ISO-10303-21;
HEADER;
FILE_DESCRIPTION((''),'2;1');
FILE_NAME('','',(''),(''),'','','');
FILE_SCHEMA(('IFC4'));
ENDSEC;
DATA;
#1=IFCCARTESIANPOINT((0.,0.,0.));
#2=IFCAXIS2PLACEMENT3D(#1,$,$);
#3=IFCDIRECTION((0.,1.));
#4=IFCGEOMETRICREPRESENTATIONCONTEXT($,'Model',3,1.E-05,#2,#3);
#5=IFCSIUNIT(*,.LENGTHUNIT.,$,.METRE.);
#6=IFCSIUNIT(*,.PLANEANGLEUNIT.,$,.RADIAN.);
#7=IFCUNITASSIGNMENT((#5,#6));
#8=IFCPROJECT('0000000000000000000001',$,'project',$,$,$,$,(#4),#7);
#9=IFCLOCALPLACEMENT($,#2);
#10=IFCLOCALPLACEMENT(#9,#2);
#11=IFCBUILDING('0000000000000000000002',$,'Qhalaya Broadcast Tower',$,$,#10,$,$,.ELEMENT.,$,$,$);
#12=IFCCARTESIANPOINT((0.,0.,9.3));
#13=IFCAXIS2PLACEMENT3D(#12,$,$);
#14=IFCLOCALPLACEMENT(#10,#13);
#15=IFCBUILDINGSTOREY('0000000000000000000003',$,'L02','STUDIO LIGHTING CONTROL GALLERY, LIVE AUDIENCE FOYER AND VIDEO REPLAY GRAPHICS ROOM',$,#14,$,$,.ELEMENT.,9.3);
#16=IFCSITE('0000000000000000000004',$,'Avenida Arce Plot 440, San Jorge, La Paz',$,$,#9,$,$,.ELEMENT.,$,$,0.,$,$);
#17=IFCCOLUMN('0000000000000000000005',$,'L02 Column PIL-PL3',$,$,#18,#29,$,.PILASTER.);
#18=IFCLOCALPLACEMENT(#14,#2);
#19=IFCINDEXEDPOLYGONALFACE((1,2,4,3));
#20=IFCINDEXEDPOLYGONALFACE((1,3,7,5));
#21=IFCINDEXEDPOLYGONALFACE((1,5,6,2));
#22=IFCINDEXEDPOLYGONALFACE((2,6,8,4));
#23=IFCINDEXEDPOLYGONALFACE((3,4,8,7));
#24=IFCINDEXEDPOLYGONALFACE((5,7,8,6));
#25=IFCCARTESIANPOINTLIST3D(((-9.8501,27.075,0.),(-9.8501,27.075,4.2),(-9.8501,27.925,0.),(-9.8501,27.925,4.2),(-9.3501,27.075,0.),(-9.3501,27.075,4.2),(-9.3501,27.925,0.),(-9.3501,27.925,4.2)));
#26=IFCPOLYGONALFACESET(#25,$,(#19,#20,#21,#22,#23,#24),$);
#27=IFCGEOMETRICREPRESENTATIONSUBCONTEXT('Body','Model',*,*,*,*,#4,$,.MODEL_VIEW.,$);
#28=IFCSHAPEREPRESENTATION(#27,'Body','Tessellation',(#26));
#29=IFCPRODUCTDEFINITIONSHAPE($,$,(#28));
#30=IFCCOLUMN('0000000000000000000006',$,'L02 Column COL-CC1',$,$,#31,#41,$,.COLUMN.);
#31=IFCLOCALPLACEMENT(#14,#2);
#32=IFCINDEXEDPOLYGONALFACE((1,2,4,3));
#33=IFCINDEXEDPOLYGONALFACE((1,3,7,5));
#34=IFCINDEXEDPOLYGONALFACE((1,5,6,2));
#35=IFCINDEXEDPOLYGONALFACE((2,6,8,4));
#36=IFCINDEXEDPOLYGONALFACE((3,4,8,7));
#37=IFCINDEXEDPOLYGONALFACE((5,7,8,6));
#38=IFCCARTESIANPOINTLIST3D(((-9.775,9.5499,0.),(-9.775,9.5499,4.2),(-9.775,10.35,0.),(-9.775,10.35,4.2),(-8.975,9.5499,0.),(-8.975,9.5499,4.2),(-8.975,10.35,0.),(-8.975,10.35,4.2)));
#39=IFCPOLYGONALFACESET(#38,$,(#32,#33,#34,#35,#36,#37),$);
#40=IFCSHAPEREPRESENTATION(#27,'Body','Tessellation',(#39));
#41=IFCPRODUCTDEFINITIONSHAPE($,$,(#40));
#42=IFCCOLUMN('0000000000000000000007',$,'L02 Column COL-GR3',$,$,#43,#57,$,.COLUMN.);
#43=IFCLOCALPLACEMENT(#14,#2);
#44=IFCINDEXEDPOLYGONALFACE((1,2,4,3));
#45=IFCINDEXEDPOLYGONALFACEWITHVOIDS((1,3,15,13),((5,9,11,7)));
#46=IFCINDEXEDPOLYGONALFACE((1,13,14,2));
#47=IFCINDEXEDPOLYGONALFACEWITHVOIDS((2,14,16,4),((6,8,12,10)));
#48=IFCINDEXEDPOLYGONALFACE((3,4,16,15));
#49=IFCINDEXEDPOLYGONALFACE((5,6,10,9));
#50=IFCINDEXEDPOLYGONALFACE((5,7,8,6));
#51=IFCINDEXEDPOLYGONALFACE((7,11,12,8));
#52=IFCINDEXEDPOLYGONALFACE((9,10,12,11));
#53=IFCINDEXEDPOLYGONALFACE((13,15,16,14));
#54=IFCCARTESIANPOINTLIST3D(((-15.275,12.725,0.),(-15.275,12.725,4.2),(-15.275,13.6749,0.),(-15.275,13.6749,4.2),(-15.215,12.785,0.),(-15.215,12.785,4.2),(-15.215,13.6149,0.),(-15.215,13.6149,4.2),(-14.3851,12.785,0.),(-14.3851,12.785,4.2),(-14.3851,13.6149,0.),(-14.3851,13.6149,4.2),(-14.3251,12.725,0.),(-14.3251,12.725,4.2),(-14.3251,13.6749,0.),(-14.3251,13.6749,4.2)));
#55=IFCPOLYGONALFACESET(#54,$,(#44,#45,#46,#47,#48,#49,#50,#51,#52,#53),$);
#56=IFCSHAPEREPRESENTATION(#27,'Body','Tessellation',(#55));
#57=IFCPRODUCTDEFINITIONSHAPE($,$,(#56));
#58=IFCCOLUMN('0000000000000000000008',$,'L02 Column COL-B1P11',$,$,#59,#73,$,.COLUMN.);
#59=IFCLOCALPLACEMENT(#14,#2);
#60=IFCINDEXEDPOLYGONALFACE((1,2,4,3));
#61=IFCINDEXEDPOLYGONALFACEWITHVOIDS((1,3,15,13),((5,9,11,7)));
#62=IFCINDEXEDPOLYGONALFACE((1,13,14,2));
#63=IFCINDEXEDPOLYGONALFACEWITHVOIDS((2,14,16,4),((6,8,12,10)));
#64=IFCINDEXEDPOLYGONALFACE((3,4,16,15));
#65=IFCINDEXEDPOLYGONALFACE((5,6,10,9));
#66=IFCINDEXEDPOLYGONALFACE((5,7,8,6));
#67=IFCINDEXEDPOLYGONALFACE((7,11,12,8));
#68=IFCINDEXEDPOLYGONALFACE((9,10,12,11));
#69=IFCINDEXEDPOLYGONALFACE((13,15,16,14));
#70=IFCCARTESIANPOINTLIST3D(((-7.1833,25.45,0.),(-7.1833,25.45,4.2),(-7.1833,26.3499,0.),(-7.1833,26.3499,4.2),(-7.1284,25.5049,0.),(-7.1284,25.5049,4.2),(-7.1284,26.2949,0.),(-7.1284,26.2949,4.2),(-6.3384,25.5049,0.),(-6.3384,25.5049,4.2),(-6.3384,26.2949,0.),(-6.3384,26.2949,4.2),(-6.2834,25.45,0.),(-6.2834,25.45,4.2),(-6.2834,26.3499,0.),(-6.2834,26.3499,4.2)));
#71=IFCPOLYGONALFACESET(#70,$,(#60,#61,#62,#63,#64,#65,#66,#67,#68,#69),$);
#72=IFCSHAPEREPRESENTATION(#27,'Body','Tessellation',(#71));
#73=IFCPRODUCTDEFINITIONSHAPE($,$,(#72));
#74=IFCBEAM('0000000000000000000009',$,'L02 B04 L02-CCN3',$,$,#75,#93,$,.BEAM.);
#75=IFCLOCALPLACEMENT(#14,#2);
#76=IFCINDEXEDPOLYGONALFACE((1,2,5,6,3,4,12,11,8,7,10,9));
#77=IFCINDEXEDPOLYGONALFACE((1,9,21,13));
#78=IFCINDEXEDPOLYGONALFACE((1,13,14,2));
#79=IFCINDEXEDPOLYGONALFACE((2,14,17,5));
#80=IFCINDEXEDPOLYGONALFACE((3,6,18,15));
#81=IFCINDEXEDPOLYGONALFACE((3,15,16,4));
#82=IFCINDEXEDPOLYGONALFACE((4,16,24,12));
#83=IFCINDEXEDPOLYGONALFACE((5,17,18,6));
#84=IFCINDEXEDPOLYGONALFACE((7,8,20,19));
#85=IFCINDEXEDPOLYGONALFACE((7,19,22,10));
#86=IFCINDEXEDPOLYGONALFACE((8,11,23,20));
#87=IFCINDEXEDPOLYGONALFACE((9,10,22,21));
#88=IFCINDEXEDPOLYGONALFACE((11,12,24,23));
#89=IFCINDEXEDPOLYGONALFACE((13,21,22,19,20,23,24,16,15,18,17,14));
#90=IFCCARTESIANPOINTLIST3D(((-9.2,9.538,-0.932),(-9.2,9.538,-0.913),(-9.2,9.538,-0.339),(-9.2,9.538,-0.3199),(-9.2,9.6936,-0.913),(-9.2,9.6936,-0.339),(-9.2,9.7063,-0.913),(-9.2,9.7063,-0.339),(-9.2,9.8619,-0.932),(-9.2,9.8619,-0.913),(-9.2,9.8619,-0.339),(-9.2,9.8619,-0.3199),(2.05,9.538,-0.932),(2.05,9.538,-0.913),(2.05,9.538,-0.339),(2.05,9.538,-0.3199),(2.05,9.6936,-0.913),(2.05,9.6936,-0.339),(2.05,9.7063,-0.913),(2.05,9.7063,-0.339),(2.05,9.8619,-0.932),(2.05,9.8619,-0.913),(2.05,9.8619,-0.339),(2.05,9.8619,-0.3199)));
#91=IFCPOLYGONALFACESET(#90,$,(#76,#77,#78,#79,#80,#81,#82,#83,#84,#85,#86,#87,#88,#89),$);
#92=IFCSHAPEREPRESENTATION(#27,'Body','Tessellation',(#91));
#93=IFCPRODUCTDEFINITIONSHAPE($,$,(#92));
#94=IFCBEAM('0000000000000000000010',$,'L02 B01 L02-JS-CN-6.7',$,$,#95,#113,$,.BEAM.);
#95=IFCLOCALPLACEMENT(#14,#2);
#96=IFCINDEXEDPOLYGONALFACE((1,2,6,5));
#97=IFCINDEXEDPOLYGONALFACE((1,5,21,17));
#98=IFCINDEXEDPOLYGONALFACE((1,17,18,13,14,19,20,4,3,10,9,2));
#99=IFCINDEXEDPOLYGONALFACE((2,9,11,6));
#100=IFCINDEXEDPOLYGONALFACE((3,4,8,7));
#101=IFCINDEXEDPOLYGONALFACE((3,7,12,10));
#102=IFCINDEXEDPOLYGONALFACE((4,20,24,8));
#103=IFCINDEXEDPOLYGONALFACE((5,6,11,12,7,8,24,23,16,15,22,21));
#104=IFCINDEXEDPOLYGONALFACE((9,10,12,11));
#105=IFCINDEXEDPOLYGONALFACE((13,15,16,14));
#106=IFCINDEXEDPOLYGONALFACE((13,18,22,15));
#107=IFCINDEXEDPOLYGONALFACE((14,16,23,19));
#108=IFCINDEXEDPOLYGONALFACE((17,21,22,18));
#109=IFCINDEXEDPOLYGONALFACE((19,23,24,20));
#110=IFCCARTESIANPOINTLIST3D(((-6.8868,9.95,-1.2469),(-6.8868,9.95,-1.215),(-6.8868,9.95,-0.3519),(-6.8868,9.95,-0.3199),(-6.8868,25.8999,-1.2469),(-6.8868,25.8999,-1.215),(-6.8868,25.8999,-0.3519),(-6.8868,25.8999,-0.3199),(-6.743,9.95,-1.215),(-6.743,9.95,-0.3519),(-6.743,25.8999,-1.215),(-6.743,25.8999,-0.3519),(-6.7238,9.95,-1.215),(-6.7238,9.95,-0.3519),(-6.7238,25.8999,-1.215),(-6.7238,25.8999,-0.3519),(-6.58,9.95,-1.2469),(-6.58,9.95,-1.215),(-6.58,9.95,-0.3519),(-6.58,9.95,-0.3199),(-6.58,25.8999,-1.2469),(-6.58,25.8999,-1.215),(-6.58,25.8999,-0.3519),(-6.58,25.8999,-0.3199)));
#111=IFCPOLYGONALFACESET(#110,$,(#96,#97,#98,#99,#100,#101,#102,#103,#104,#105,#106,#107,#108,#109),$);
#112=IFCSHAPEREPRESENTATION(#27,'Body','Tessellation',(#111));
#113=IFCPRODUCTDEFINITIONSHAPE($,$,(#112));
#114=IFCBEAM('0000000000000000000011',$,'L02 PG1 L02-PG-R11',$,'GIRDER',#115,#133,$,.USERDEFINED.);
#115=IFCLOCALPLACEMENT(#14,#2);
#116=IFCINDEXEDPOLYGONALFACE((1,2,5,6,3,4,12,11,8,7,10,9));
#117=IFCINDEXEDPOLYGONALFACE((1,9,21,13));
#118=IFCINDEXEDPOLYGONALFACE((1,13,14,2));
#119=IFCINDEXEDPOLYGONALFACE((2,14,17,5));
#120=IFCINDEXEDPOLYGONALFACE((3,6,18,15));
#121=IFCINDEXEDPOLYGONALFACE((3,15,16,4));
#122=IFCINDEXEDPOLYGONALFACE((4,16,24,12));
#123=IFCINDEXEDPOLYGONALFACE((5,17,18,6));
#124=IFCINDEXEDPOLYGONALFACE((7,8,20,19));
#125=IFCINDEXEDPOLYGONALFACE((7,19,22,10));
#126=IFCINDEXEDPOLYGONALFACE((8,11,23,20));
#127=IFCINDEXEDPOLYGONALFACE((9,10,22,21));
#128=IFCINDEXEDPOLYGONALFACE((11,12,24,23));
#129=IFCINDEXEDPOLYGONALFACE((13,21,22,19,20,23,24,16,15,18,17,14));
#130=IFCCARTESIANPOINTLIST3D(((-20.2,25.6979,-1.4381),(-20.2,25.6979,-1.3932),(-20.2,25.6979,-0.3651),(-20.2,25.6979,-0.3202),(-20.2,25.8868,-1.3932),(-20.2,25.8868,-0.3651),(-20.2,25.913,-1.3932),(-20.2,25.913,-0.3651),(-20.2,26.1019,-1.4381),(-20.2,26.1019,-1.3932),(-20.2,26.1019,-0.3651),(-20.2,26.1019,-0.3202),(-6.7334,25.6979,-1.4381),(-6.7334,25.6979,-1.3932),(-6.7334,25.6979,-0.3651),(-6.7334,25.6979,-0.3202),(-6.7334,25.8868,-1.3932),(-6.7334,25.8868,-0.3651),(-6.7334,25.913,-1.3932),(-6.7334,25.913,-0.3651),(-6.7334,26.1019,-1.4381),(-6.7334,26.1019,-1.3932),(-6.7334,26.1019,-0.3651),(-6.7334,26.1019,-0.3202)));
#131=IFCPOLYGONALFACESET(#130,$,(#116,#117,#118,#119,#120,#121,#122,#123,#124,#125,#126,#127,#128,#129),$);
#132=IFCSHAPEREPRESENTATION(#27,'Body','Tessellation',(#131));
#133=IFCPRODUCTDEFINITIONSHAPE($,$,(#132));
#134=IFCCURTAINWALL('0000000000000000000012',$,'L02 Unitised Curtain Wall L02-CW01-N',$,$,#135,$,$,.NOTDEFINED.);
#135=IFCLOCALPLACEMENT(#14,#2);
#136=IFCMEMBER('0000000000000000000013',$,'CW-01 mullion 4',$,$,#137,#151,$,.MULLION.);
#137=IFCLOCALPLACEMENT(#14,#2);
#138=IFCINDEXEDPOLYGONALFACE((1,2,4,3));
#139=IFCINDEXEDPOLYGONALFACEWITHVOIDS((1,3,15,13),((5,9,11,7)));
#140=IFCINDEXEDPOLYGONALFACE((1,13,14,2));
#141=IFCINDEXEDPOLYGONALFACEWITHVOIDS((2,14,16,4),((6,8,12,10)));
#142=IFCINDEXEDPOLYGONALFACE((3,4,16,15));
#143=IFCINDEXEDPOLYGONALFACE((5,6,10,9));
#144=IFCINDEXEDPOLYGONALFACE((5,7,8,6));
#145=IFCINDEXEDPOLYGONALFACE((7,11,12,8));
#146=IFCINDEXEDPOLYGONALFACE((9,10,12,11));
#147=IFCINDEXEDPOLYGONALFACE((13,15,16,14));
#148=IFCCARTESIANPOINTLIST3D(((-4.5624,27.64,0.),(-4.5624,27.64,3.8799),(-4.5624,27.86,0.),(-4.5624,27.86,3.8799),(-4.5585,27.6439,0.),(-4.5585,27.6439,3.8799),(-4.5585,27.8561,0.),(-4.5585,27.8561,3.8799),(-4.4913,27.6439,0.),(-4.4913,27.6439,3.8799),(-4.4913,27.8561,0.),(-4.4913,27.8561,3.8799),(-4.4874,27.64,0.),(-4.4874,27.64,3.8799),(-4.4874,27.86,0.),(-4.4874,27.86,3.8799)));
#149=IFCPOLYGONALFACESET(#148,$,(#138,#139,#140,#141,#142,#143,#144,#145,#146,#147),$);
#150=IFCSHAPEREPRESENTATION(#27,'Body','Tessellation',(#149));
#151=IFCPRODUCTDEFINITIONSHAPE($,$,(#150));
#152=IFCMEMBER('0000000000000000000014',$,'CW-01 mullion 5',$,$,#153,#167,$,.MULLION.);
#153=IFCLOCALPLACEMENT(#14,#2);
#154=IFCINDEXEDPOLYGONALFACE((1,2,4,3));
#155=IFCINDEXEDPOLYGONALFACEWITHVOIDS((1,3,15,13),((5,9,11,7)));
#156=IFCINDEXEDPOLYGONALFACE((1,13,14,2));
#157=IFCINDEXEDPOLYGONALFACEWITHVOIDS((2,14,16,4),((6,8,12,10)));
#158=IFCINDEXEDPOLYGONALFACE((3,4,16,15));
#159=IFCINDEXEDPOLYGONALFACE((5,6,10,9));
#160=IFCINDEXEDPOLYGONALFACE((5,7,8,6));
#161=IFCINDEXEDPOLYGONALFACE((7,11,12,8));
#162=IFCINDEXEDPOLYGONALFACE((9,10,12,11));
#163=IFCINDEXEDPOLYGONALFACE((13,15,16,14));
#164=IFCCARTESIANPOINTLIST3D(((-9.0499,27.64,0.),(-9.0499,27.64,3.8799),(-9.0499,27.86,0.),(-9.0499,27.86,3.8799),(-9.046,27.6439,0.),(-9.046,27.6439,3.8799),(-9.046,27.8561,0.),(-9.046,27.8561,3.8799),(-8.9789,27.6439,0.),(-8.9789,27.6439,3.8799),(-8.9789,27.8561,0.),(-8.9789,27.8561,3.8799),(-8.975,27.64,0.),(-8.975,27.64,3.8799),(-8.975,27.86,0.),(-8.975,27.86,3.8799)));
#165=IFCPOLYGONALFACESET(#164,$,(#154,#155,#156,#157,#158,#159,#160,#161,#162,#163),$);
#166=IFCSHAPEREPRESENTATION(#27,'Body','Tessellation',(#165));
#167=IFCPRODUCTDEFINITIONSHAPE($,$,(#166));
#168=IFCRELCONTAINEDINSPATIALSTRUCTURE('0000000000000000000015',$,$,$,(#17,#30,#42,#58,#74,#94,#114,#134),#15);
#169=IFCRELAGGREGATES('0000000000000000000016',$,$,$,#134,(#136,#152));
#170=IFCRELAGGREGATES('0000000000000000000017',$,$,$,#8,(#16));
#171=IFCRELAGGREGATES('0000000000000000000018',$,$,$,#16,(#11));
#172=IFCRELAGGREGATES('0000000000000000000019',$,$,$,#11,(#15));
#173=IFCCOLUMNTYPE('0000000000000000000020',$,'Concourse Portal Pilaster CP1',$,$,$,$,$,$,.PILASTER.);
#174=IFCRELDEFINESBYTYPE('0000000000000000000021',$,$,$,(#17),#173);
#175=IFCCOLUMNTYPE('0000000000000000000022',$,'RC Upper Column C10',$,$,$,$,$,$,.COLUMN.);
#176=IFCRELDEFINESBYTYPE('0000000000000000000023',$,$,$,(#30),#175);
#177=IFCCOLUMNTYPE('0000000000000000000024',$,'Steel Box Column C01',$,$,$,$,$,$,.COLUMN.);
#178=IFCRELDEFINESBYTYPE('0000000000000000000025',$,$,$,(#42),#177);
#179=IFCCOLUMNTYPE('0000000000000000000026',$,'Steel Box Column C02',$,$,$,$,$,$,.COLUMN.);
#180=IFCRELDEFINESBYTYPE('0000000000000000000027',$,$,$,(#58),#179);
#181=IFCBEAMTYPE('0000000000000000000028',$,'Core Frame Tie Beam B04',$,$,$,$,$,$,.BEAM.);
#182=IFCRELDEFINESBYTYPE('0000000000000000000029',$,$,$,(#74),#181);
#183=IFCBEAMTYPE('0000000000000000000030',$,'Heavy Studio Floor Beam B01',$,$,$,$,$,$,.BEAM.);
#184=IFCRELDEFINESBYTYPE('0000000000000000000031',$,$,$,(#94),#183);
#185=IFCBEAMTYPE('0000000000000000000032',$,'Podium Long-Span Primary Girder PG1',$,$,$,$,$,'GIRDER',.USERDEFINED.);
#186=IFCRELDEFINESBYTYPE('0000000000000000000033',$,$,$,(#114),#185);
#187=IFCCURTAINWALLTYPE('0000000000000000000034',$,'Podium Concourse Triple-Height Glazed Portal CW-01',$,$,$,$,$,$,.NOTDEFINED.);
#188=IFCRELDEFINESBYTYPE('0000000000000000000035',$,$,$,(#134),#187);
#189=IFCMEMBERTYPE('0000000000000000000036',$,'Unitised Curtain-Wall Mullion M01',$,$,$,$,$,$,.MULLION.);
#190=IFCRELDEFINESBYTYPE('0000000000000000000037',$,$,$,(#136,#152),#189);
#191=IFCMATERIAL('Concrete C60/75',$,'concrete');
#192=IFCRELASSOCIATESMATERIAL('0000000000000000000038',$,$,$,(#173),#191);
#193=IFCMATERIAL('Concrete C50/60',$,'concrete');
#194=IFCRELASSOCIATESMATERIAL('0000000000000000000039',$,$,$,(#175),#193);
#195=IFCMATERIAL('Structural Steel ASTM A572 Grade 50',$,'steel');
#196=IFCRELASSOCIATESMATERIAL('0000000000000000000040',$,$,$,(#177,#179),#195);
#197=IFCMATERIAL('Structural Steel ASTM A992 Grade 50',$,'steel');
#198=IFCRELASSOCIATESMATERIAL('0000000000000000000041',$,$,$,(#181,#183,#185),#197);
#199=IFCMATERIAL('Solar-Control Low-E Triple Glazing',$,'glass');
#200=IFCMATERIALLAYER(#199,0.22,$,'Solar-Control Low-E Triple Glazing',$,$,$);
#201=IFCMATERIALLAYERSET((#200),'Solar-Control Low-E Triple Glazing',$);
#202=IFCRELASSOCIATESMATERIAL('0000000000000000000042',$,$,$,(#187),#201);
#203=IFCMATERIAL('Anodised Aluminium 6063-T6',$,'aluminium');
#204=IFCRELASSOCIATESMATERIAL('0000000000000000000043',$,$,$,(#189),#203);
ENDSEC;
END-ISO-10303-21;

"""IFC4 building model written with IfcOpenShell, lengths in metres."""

from ifc_helpers import new_model, si_unit, direction, frame, origin, origin_2d, place, context, subcontext, project, spatial, rectangle, hollow_rectangle, i_section, extrude, material, layer, layer_set, material_profile, profile_set, type_object, element, aggregate, save


model = new_model("IFC4")

# Units and contexts
model_context = context("Model", 3, precision=1e-05, world=origin(), true_north=direction((0.0, 1.0)))
body_context = subcontext(model_context, "Body", "Model", "MODEL_VIEW")
ifc_project = project(units=[si_unit("LENGTHUNIT", "METRE"), si_unit("PLANEANGLEUNIT", "RADIAN")], contexts=[model_context])

# Site, building, storey
site_placement = place(None, origin())
site = spatial("IfcSite", under=ifc_project, at=site_placement, Name="Avenida Arce Plot 440, San Jorge, La Paz", CompositionType="ELEMENT", RefElevation=0.0)
building_placement = place(site_placement, origin())
building = spatial("IfcBuilding", under=site, at=building_placement, Name="Qhalaya Broadcast Tower", CompositionType="ELEMENT")
storey_placement = place(building_placement, frame((0.0, 0.0, 9.3)))
storey = spatial("IfcBuildingStorey", under=building, at=storey_placement, Name="L02", Description="STUDIO LIGHTING CONTROL GALLERY, LIVE AUDIENCE FOYER AND VIDEO REPLAY GRAPHICS ROOM", CompositionType="ELEMENT", Elevation=9.3)

# Columns
ifc_material_1 = material(Name="Concrete C60/75", Category="concrete")
ifc_material_profile_1 = material_profile(ifc_material_1, rectangle(XDim=0.5, YDim=0.8501, at=origin_2d()), Name="RC-PIL 500x850")
ifc_profile_set_1 = profile_set([ifc_material_profile_1], Name="Concrete C60/75")
column_type_1 = type_object("IfcColumnType", Name="Concourse Portal Pilaster CP1", PredefinedType="PILASTER", material=ifc_profile_set_1)
column_1_placement = place(storey_placement, frame((-9.6001, 27.5, 0.0), z_axis=(0.0, 0.0, 1.0), x_axis=(1.0, 0.0, 0.0)))
element("IfcColumn", 1, at=column_1_placement, inside=storey, type_object=column_type_1, Name="L02 Column PIL-PL3", PredefinedType="PILASTER", context=body_context, shape_type="SweptSolid", body=[
    extrude(rectangle(XDim=0.5, YDim=0.8501, at=origin_2d()), origin(), (0.0, 0.0, 1.0), 4.2),
])
ifc_material_2 = material(Name="Concrete C50/60", Category="concrete")
ifc_material_profile_2 = material_profile(ifc_material_2, rectangle(XDim=0.8, YDim=0.8, at=origin_2d()), Name="RC-COL 800x800")
ifc_profile_set_2 = profile_set([ifc_material_profile_2], Name="Concrete C50/60")
column_type_2 = type_object("IfcColumnType", Name="RC Upper Column C10", PredefinedType="COLUMN", material=ifc_profile_set_2)
column_2_placement = place(storey_placement, frame((-9.375, 9.95, 0.0), z_axis=(0.0, 0.0, 1.0), x_axis=(1.0, 0.0, 0.0)))
element("IfcColumn", 2, at=column_2_placement, inside=storey, type_object=column_type_2, Name="L02 Column COL-CC1", PredefinedType="COLUMN", context=body_context, shape_type="SweptSolid", body=[
    extrude(rectangle(XDim=0.8, YDim=0.8, at=origin_2d()), origin(), (0.0, 0.0, 1.0), 4.2),
])
ifc_material_3 = material(Name="Structural Steel ASTM A572 Grade 50", Category="steel")
ifc_material_profile_3 = material_profile(ifc_material_3, hollow_rectangle(XDim=0.95, YDim=0.95, WallThickness=0.0601, at=origin_2d()), Name="BOX 950x950x60")
ifc_profile_set_3 = profile_set([ifc_material_profile_3], Name="Structural Steel ASTM A572 Grade 50")
column_type_3 = type_object("IfcColumnType", Name="Steel Box Column C01", PredefinedType="COLUMN", material=ifc_profile_set_3)
column_3_placement = place(storey_placement, frame((-14.8, 13.2, 0.0), z_axis=(0.0, 0.0, 1.0), x_axis=(1.0, 0.0, 0.0)))
element("IfcColumn", 3, at=column_3_placement, inside=storey, type_object=column_type_3, Name="L02 Column COL-GR3", PredefinedType="COLUMN", context=body_context, shape_type="SweptSolid", body=[
    extrude(hollow_rectangle(XDim=0.95, YDim=0.95, WallThickness=0.0601, at=origin_2d()), origin(), (0.0, 0.0, 1.0), 4.2),
])
ifc_material_profile_4 = material_profile(ifc_material_3, hollow_rectangle(XDim=0.8999, YDim=0.8999, WallThickness=0.0549, at=origin_2d()), Name="BOX 900x900x55")
ifc_profile_set_4 = profile_set([ifc_material_profile_4], Name="Structural Steel ASTM A572 Grade 50")
column_type_4 = type_object("IfcColumnType", Name="Steel Box Column C02", PredefinedType="COLUMN", material=ifc_profile_set_4)
column_4_placement = place(storey_placement, frame((-6.7334, 25.8999, 0.0), z_axis=(0.0, 0.0, 1.0), x_axis=(1.0, 0.0, 0.0)))
element("IfcColumn", 4, at=column_4_placement, inside=storey, type_object=column_type_4, Name="L02 Column COL-B1P11", PredefinedType="COLUMN", context=body_context, shape_type="SweptSolid", body=[
    extrude(hollow_rectangle(XDim=0.8999, YDim=0.8999, WallThickness=0.0549, at=origin_2d()), origin(), (0.0, 0.0, 1.0), 4.2),
])

# Beams
ifc_material_4 = material(Name="Structural Steel ASTM A992 Grade 50", Category="steel")
ifc_material_profile_5 = material_profile(ifc_material_4, i_section(OverallWidth=0.324, OverallDepth=0.6121, WebThickness=0.0127, FlangeThickness=0.019, at=origin_2d()), Name="W24X104")
ifc_profile_set_5 = profile_set([ifc_material_profile_5], Name="Structural Steel ASTM A992 Grade 50")
beam_type_1 = type_object("IfcBeamType", Name="Core Frame Tie Beam B04", PredefinedType="BEAM", material=ifc_profile_set_5)
beam_1_placement = place(storey_placement, frame((-9.2, 9.7, -0.626), z_axis=(1.0, 0.0, 0.0), x_axis=(0.0, 1.0, 0.0)))
element("IfcBeam", 5, at=beam_1_placement, inside=storey, type_object=beam_type_1, Name="L02 B04 L02-CCN3", PredefinedType="BEAM", context=body_context, shape_type="SweptSolid", body=[
    extrude(i_section(OverallWidth=0.324, OverallDepth=0.6121, WebThickness=0.0127, FlangeThickness=0.019, at=origin_2d()), origin(), (0.0, 0.0, 1.0), 11.25),
])
ifc_material_profile_6 = material_profile(ifc_material_4, i_section(OverallWidth=0.3069, OverallDepth=0.927, WebThickness=0.0193, FlangeThickness=0.032, at=origin_2d()), Name="W36X194")
ifc_profile_set_6 = profile_set([ifc_material_profile_6], Name="Structural Steel ASTM A992 Grade 50")
beam_type_2 = type_object("IfcBeamType", Name="Heavy Studio Floor Beam B01", PredefinedType="BEAM", material=ifc_profile_set_6)
beam_2_placement = place(storey_placement, frame((-6.7334, 9.95, -0.7834), z_axis=(0.0, 1.0, 0.0), x_axis=(-1.0, 0.0, 0.0)))
element("IfcBeam", 6, at=beam_2_placement, inside=storey, type_object=beam_type_2, Name="L02 B01 L02-JS-CN-6.7", PredefinedType="BEAM", context=body_context, shape_type="SweptSolid", body=[
    extrude(i_section(OverallWidth=0.3069, OverallDepth=0.927, WebThickness=0.0193, FlangeThickness=0.032, at=origin_2d()), origin(), (0.0, 0.0, 1.0), 15.95),
])
ifc_material_profile_7 = material_profile(ifc_material_4, i_section(OverallWidth=0.4041, OverallDepth=1.1179, WebThickness=0.0261, FlangeThickness=0.0449, at=origin_2d()), Name="W44X335")
ifc_profile_set_7 = profile_set([ifc_material_profile_7], Name="Structural Steel ASTM A992 Grade 50")
beam_type_3 = type_object("IfcBeamType", Name="Podium Long-Span Primary Girder PG1", ElementType="GIRDER", PredefinedType="USERDEFINED", material=ifc_profile_set_7)
beam_3_placement = place(storey_placement, frame((-6.7334, 25.8999, -0.8792), z_axis=(-1.0, 0.0, 0.0), x_axis=(0.0, -1.0, 0.0)))
element("IfcBeam", 7, at=beam_3_placement, inside=storey, type_object=beam_type_3, Name="L02 PG1 L02-PG-R11", ObjectType="GIRDER", PredefinedType="USERDEFINED", context=body_context, shape_type="SweptSolid", body=[
    extrude(i_section(OverallWidth=0.4041, OverallDepth=1.1179, WebThickness=0.0261, FlangeThickness=0.0449, at=origin_2d()), origin(), (0.0, 0.0, 1.0), 13.4666),
])

# Curtain wall, members
ifc_material_5 = material(Name="Solar-Control Low-E Triple Glazing", Category="glass")
ifc_layer_1 = layer(ifc_material_5, 0.22, Name="Solar-Control Low-E Triple Glazing")
ifc_layer_set_1 = layer_set([ifc_layer_1], Name="Solar-Control Low-E Triple Glazing")
curtain_wall_type = type_object("IfcCurtainWallType", Name="Podium Concourse Triple-Height Glazed Portal CW-01", PredefinedType="NOTDEFINED", material=ifc_layer_set_1)
curtain_wall_placement = place(storey_placement, origin())
curtain_wall = element("IfcCurtainWall", 8, at=curtain_wall_placement, inside=storey, type_object=curtain_wall_type, Name="L02 Unitised Curtain Wall L02-CW01-N", PredefinedType="NOTDEFINED")
ifc_material_6 = material(Name="Anodised Aluminium 6063-T6", Category="aluminium")
ifc_material_profile_8 = material_profile(ifc_material_6, hollow_rectangle(XDim=0.075, YDim=0.22, WallThickness=0.0039, at=origin_2d()), Name="ALU-MUL 75x220x4")
ifc_profile_set_8 = profile_set([ifc_material_profile_8], Name="Anodised Aluminium 6063-T6")
member_type_1 = type_object("IfcMemberType", Name="Unitised Curtain-Wall Mullion M01", PredefinedType="MULLION", material=ifc_profile_set_8)
member_1_placement = place(storey_placement, frame((-4.5249, 27.75, 0.0), z_axis=(0.0, 0.0, 1.0), x_axis=(-1.0, 0.0, 0.0)))
member_1 = element("IfcMember", 9, at=member_1_placement, type_object=member_type_1, Name="CW-01 mullion 4", PredefinedType="MULLION", context=body_context, shape_type="SweptSolid", body=[
    extrude(hollow_rectangle(XDim=0.075, YDim=0.22, WallThickness=0.0039, at=origin_2d()), origin(), (0.0, 0.0, 1.0), 3.8799),
])
member_2_placement = place(storey_placement, frame((-9.0125, 27.75, 0.0), z_axis=(0.0, 0.0, 1.0), x_axis=(-1.0, 0.0, 0.0)))
member_2 = element("IfcMember", 10, at=member_2_placement, type_object=member_type_1, Name="CW-01 mullion 5", PredefinedType="MULLION", context=body_context, shape_type="SweptSolid", body=[
    extrude(hollow_rectangle(XDim=0.075, YDim=0.22, WallThickness=0.0039, at=origin_2d()), origin(), (0.0, 0.0, 1.0), 3.8799),
])
aggregate(curtain_wall, [member_1, member_2])

save(model, "model.ifc")
